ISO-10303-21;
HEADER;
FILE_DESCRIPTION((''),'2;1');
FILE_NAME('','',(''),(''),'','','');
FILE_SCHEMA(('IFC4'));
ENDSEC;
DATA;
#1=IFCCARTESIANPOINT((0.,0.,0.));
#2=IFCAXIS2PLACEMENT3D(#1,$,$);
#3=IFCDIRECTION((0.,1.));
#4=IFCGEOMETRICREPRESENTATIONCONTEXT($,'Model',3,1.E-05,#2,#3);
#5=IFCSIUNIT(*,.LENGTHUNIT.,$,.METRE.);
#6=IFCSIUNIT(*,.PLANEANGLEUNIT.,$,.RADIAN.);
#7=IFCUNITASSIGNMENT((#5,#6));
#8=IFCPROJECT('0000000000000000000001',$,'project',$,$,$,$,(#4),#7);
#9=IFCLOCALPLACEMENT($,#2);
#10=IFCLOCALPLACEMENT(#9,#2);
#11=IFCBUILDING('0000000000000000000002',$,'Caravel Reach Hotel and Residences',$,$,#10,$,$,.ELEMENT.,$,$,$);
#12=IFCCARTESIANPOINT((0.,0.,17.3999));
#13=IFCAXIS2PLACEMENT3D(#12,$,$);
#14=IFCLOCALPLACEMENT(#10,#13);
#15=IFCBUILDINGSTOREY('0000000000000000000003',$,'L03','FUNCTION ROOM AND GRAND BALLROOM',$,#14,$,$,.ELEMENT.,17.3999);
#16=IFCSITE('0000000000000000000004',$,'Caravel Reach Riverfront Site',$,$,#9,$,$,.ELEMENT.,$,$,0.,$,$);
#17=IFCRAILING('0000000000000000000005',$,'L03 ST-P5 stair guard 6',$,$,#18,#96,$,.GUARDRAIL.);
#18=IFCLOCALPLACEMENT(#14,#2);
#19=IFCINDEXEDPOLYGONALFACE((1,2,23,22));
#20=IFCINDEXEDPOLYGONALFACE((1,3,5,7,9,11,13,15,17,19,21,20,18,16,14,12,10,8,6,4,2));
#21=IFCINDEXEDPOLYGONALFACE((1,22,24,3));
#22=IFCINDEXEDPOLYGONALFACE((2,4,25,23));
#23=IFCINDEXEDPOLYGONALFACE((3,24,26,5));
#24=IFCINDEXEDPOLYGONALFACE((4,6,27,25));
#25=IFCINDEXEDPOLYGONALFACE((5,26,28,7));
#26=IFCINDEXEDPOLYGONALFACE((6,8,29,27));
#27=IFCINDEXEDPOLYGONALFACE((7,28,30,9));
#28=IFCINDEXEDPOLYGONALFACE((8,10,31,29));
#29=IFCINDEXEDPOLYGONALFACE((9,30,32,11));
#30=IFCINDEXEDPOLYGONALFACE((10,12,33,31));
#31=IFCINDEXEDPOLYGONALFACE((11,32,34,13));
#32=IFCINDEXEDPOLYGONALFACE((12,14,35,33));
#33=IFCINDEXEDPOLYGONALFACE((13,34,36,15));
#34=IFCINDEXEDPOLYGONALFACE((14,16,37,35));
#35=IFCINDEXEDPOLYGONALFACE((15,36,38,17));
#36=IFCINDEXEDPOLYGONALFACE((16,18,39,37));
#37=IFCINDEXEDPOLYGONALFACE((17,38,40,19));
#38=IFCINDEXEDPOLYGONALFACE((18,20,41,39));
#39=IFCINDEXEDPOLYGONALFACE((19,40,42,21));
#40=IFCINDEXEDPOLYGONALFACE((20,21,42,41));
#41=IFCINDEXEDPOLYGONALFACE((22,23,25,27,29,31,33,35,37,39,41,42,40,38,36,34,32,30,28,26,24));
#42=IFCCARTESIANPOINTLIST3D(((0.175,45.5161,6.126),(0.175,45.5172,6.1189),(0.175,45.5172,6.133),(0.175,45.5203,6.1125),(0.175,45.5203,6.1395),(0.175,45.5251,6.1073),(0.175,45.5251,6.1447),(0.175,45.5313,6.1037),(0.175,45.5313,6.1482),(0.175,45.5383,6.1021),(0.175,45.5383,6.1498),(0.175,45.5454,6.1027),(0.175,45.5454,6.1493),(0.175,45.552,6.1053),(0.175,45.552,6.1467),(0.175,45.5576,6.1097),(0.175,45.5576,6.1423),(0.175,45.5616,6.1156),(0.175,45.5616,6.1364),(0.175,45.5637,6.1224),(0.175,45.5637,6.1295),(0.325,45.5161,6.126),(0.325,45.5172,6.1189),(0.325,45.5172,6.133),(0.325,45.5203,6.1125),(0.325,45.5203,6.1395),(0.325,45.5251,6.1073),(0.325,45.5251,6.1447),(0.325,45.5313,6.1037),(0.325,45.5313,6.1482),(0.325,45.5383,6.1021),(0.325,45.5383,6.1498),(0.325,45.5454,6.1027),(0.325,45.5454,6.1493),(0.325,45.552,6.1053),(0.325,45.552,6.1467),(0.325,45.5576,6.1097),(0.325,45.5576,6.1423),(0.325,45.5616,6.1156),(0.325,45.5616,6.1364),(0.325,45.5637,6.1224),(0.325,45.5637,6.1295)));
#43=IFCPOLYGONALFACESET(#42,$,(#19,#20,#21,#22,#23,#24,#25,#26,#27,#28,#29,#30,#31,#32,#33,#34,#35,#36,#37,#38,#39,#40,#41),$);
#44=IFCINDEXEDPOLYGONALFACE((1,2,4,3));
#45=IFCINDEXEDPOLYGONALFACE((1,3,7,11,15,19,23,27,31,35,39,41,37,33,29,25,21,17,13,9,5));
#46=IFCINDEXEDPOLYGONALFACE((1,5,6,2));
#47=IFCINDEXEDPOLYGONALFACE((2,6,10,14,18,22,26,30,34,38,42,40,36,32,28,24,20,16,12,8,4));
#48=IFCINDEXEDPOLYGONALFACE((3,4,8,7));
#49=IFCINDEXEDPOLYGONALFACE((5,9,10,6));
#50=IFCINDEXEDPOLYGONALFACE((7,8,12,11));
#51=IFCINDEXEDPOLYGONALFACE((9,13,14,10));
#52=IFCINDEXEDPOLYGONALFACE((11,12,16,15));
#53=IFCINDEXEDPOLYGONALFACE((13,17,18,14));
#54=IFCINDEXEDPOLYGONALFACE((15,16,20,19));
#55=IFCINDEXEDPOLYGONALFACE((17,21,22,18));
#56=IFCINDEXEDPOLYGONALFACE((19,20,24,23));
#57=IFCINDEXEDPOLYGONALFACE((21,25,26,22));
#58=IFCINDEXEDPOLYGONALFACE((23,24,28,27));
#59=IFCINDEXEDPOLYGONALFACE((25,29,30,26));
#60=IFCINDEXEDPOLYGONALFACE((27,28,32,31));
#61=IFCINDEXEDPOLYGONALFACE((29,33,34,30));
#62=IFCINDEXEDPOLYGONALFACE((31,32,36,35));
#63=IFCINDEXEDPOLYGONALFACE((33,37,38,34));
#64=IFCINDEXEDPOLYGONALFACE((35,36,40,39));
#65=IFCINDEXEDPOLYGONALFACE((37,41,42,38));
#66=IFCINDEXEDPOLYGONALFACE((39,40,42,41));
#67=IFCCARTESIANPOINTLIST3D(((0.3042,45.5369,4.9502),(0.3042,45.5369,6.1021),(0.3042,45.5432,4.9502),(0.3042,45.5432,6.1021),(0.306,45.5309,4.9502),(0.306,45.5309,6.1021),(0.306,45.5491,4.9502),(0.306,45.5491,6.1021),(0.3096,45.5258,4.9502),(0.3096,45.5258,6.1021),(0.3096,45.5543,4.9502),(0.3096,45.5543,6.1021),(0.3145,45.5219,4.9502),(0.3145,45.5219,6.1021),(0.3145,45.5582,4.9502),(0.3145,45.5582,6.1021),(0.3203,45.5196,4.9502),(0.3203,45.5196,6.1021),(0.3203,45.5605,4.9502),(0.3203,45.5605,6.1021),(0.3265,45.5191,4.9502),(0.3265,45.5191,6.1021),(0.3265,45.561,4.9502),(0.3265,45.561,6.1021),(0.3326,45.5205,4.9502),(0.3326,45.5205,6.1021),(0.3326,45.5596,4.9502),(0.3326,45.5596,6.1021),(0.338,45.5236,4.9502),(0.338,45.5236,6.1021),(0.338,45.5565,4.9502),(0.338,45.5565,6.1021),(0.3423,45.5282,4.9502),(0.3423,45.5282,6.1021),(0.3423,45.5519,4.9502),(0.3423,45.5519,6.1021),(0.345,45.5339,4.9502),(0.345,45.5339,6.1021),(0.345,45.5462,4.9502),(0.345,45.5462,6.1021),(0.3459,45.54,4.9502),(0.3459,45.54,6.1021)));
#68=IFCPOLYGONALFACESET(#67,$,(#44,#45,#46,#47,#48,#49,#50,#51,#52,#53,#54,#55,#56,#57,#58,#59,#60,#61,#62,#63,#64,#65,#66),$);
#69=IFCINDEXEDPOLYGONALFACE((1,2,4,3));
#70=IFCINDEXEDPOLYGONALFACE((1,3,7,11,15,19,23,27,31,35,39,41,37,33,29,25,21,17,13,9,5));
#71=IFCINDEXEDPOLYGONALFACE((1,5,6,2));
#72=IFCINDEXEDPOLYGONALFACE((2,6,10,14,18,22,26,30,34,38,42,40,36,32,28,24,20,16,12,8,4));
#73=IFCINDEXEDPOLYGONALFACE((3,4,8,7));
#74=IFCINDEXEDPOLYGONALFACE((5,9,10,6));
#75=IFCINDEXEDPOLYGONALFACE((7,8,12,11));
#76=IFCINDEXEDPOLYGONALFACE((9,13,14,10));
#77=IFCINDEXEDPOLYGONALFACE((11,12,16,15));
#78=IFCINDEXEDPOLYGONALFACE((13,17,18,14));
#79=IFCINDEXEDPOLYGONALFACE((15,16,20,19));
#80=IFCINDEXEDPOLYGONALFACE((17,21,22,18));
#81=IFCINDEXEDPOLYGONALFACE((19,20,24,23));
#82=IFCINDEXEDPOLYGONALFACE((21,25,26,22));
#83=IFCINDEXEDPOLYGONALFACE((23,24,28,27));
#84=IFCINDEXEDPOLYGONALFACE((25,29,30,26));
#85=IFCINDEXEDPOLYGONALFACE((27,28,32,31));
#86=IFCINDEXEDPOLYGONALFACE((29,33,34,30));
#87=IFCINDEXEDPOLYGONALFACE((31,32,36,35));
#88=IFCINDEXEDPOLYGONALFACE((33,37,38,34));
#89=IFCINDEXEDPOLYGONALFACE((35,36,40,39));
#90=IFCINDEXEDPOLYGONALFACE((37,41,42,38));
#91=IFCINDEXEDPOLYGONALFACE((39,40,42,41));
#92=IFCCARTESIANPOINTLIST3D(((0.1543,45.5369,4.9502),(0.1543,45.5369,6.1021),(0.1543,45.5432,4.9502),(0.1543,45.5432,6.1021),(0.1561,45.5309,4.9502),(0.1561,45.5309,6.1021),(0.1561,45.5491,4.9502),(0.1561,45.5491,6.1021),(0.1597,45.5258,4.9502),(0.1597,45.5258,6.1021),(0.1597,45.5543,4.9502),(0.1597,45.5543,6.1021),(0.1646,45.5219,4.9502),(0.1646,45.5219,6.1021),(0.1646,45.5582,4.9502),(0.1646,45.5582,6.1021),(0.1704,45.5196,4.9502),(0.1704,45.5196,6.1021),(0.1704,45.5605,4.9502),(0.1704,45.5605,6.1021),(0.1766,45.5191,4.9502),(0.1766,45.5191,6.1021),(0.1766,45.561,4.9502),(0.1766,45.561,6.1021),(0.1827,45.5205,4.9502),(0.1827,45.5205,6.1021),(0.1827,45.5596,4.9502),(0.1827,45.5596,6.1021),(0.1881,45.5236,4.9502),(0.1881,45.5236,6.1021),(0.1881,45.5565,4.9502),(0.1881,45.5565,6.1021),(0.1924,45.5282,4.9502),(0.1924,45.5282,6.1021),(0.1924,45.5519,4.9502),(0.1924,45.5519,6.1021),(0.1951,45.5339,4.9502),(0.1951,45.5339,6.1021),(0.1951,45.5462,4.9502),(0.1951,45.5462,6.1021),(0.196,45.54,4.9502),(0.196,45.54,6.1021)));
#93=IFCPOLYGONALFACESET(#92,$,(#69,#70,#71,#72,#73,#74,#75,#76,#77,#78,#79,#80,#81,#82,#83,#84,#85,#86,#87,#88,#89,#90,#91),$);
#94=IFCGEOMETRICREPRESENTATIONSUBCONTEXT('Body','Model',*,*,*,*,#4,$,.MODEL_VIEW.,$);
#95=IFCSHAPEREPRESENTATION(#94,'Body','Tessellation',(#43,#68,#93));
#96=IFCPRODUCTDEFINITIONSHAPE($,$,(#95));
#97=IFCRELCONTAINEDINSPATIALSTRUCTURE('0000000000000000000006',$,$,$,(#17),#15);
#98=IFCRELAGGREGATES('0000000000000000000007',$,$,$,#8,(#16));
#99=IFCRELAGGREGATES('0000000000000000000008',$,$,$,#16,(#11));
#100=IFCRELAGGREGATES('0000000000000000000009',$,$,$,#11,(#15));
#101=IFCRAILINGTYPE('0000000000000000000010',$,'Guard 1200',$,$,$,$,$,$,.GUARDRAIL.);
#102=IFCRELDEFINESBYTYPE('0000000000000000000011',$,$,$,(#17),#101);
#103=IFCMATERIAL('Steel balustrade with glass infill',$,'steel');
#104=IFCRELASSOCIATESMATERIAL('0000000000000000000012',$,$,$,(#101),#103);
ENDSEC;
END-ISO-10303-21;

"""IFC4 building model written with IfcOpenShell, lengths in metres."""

from ifc_helpers import new_model, si_unit, direction, frame, origin, origin_2d, place, context, subcontext, project, spatial, circle, extrude, material, type_object, element, save


model = new_model("IFC4")

# Units and contexts
model_context = context("Model", 3, precision=1e-05, world=origin(), true_north=direction((0.0, 1.0)))
body_context = subcontext(model_context, "Body", "Model", "MODEL_VIEW")
ifc_project = project(units=[si_unit("LENGTHUNIT", "METRE"), si_unit("PLANEANGLEUNIT", "RADIAN")], contexts=[model_context])

# Site, building, storey
site_placement = place(None, origin())
site = spatial("IfcSite", under=ifc_project, at=site_placement, Name="Caravel Reach Riverfront Site", CompositionType="ELEMENT", RefElevation=0.0)
building_placement = place(site_placement, origin())
building = spatial("IfcBuilding", under=site, at=building_placement, Name="Caravel Reach Hotel and Residences", CompositionType="ELEMENT")
storey_placement = place(building_placement, frame((0.0, 0.0, 17.3999)))
storey = spatial("IfcBuildingStorey", under=building, at=storey_placement, Name="L03", Description="FUNCTION ROOM AND GRAND BALLROOM", CompositionType="ELEMENT", Elevation=17.3999)

# Railing
ifc_material_1 = material(Name="Steel balustrade with glass infill", Category="steel")
railing_type_1 = type_object("IfcRailingType", Name="Guard 1200", PredefinedType="GUARDRAIL", material=ifc_material_1)
railing_1_placement = place(storey_placement, frame((0.325, 45.54, 4.9502)))
element("IfcRailing", 1, at=railing_1_placement, inside=storey, type_object=railing_type_1, Name="L03 ST-P5 stair guard 6", PredefinedType="GUARDRAIL", context=body_context, shape_type="SweptSolid", body=[
    extrude(circle(Radius=0.0239, at=origin_2d()), frame((0.0, 0.0, 1.1758), z_axis=(-1.0, 0.0, 0.0), x_axis=(0.0, -1.0, 0.0)), (0.0, 0.0, 1.0), 0.1499),
    extrude(circle(Radius=0.021, at=origin_2d()), origin(), (0.0, 0.0, 1.0), 1.1519),
    extrude(circle(Radius=0.021, at=origin_2d()), frame((-0.1499, 0.0, 0.0)), (0.0, 0.0, 1.0), 1.1519),
])

save(model, "model.ifc")
